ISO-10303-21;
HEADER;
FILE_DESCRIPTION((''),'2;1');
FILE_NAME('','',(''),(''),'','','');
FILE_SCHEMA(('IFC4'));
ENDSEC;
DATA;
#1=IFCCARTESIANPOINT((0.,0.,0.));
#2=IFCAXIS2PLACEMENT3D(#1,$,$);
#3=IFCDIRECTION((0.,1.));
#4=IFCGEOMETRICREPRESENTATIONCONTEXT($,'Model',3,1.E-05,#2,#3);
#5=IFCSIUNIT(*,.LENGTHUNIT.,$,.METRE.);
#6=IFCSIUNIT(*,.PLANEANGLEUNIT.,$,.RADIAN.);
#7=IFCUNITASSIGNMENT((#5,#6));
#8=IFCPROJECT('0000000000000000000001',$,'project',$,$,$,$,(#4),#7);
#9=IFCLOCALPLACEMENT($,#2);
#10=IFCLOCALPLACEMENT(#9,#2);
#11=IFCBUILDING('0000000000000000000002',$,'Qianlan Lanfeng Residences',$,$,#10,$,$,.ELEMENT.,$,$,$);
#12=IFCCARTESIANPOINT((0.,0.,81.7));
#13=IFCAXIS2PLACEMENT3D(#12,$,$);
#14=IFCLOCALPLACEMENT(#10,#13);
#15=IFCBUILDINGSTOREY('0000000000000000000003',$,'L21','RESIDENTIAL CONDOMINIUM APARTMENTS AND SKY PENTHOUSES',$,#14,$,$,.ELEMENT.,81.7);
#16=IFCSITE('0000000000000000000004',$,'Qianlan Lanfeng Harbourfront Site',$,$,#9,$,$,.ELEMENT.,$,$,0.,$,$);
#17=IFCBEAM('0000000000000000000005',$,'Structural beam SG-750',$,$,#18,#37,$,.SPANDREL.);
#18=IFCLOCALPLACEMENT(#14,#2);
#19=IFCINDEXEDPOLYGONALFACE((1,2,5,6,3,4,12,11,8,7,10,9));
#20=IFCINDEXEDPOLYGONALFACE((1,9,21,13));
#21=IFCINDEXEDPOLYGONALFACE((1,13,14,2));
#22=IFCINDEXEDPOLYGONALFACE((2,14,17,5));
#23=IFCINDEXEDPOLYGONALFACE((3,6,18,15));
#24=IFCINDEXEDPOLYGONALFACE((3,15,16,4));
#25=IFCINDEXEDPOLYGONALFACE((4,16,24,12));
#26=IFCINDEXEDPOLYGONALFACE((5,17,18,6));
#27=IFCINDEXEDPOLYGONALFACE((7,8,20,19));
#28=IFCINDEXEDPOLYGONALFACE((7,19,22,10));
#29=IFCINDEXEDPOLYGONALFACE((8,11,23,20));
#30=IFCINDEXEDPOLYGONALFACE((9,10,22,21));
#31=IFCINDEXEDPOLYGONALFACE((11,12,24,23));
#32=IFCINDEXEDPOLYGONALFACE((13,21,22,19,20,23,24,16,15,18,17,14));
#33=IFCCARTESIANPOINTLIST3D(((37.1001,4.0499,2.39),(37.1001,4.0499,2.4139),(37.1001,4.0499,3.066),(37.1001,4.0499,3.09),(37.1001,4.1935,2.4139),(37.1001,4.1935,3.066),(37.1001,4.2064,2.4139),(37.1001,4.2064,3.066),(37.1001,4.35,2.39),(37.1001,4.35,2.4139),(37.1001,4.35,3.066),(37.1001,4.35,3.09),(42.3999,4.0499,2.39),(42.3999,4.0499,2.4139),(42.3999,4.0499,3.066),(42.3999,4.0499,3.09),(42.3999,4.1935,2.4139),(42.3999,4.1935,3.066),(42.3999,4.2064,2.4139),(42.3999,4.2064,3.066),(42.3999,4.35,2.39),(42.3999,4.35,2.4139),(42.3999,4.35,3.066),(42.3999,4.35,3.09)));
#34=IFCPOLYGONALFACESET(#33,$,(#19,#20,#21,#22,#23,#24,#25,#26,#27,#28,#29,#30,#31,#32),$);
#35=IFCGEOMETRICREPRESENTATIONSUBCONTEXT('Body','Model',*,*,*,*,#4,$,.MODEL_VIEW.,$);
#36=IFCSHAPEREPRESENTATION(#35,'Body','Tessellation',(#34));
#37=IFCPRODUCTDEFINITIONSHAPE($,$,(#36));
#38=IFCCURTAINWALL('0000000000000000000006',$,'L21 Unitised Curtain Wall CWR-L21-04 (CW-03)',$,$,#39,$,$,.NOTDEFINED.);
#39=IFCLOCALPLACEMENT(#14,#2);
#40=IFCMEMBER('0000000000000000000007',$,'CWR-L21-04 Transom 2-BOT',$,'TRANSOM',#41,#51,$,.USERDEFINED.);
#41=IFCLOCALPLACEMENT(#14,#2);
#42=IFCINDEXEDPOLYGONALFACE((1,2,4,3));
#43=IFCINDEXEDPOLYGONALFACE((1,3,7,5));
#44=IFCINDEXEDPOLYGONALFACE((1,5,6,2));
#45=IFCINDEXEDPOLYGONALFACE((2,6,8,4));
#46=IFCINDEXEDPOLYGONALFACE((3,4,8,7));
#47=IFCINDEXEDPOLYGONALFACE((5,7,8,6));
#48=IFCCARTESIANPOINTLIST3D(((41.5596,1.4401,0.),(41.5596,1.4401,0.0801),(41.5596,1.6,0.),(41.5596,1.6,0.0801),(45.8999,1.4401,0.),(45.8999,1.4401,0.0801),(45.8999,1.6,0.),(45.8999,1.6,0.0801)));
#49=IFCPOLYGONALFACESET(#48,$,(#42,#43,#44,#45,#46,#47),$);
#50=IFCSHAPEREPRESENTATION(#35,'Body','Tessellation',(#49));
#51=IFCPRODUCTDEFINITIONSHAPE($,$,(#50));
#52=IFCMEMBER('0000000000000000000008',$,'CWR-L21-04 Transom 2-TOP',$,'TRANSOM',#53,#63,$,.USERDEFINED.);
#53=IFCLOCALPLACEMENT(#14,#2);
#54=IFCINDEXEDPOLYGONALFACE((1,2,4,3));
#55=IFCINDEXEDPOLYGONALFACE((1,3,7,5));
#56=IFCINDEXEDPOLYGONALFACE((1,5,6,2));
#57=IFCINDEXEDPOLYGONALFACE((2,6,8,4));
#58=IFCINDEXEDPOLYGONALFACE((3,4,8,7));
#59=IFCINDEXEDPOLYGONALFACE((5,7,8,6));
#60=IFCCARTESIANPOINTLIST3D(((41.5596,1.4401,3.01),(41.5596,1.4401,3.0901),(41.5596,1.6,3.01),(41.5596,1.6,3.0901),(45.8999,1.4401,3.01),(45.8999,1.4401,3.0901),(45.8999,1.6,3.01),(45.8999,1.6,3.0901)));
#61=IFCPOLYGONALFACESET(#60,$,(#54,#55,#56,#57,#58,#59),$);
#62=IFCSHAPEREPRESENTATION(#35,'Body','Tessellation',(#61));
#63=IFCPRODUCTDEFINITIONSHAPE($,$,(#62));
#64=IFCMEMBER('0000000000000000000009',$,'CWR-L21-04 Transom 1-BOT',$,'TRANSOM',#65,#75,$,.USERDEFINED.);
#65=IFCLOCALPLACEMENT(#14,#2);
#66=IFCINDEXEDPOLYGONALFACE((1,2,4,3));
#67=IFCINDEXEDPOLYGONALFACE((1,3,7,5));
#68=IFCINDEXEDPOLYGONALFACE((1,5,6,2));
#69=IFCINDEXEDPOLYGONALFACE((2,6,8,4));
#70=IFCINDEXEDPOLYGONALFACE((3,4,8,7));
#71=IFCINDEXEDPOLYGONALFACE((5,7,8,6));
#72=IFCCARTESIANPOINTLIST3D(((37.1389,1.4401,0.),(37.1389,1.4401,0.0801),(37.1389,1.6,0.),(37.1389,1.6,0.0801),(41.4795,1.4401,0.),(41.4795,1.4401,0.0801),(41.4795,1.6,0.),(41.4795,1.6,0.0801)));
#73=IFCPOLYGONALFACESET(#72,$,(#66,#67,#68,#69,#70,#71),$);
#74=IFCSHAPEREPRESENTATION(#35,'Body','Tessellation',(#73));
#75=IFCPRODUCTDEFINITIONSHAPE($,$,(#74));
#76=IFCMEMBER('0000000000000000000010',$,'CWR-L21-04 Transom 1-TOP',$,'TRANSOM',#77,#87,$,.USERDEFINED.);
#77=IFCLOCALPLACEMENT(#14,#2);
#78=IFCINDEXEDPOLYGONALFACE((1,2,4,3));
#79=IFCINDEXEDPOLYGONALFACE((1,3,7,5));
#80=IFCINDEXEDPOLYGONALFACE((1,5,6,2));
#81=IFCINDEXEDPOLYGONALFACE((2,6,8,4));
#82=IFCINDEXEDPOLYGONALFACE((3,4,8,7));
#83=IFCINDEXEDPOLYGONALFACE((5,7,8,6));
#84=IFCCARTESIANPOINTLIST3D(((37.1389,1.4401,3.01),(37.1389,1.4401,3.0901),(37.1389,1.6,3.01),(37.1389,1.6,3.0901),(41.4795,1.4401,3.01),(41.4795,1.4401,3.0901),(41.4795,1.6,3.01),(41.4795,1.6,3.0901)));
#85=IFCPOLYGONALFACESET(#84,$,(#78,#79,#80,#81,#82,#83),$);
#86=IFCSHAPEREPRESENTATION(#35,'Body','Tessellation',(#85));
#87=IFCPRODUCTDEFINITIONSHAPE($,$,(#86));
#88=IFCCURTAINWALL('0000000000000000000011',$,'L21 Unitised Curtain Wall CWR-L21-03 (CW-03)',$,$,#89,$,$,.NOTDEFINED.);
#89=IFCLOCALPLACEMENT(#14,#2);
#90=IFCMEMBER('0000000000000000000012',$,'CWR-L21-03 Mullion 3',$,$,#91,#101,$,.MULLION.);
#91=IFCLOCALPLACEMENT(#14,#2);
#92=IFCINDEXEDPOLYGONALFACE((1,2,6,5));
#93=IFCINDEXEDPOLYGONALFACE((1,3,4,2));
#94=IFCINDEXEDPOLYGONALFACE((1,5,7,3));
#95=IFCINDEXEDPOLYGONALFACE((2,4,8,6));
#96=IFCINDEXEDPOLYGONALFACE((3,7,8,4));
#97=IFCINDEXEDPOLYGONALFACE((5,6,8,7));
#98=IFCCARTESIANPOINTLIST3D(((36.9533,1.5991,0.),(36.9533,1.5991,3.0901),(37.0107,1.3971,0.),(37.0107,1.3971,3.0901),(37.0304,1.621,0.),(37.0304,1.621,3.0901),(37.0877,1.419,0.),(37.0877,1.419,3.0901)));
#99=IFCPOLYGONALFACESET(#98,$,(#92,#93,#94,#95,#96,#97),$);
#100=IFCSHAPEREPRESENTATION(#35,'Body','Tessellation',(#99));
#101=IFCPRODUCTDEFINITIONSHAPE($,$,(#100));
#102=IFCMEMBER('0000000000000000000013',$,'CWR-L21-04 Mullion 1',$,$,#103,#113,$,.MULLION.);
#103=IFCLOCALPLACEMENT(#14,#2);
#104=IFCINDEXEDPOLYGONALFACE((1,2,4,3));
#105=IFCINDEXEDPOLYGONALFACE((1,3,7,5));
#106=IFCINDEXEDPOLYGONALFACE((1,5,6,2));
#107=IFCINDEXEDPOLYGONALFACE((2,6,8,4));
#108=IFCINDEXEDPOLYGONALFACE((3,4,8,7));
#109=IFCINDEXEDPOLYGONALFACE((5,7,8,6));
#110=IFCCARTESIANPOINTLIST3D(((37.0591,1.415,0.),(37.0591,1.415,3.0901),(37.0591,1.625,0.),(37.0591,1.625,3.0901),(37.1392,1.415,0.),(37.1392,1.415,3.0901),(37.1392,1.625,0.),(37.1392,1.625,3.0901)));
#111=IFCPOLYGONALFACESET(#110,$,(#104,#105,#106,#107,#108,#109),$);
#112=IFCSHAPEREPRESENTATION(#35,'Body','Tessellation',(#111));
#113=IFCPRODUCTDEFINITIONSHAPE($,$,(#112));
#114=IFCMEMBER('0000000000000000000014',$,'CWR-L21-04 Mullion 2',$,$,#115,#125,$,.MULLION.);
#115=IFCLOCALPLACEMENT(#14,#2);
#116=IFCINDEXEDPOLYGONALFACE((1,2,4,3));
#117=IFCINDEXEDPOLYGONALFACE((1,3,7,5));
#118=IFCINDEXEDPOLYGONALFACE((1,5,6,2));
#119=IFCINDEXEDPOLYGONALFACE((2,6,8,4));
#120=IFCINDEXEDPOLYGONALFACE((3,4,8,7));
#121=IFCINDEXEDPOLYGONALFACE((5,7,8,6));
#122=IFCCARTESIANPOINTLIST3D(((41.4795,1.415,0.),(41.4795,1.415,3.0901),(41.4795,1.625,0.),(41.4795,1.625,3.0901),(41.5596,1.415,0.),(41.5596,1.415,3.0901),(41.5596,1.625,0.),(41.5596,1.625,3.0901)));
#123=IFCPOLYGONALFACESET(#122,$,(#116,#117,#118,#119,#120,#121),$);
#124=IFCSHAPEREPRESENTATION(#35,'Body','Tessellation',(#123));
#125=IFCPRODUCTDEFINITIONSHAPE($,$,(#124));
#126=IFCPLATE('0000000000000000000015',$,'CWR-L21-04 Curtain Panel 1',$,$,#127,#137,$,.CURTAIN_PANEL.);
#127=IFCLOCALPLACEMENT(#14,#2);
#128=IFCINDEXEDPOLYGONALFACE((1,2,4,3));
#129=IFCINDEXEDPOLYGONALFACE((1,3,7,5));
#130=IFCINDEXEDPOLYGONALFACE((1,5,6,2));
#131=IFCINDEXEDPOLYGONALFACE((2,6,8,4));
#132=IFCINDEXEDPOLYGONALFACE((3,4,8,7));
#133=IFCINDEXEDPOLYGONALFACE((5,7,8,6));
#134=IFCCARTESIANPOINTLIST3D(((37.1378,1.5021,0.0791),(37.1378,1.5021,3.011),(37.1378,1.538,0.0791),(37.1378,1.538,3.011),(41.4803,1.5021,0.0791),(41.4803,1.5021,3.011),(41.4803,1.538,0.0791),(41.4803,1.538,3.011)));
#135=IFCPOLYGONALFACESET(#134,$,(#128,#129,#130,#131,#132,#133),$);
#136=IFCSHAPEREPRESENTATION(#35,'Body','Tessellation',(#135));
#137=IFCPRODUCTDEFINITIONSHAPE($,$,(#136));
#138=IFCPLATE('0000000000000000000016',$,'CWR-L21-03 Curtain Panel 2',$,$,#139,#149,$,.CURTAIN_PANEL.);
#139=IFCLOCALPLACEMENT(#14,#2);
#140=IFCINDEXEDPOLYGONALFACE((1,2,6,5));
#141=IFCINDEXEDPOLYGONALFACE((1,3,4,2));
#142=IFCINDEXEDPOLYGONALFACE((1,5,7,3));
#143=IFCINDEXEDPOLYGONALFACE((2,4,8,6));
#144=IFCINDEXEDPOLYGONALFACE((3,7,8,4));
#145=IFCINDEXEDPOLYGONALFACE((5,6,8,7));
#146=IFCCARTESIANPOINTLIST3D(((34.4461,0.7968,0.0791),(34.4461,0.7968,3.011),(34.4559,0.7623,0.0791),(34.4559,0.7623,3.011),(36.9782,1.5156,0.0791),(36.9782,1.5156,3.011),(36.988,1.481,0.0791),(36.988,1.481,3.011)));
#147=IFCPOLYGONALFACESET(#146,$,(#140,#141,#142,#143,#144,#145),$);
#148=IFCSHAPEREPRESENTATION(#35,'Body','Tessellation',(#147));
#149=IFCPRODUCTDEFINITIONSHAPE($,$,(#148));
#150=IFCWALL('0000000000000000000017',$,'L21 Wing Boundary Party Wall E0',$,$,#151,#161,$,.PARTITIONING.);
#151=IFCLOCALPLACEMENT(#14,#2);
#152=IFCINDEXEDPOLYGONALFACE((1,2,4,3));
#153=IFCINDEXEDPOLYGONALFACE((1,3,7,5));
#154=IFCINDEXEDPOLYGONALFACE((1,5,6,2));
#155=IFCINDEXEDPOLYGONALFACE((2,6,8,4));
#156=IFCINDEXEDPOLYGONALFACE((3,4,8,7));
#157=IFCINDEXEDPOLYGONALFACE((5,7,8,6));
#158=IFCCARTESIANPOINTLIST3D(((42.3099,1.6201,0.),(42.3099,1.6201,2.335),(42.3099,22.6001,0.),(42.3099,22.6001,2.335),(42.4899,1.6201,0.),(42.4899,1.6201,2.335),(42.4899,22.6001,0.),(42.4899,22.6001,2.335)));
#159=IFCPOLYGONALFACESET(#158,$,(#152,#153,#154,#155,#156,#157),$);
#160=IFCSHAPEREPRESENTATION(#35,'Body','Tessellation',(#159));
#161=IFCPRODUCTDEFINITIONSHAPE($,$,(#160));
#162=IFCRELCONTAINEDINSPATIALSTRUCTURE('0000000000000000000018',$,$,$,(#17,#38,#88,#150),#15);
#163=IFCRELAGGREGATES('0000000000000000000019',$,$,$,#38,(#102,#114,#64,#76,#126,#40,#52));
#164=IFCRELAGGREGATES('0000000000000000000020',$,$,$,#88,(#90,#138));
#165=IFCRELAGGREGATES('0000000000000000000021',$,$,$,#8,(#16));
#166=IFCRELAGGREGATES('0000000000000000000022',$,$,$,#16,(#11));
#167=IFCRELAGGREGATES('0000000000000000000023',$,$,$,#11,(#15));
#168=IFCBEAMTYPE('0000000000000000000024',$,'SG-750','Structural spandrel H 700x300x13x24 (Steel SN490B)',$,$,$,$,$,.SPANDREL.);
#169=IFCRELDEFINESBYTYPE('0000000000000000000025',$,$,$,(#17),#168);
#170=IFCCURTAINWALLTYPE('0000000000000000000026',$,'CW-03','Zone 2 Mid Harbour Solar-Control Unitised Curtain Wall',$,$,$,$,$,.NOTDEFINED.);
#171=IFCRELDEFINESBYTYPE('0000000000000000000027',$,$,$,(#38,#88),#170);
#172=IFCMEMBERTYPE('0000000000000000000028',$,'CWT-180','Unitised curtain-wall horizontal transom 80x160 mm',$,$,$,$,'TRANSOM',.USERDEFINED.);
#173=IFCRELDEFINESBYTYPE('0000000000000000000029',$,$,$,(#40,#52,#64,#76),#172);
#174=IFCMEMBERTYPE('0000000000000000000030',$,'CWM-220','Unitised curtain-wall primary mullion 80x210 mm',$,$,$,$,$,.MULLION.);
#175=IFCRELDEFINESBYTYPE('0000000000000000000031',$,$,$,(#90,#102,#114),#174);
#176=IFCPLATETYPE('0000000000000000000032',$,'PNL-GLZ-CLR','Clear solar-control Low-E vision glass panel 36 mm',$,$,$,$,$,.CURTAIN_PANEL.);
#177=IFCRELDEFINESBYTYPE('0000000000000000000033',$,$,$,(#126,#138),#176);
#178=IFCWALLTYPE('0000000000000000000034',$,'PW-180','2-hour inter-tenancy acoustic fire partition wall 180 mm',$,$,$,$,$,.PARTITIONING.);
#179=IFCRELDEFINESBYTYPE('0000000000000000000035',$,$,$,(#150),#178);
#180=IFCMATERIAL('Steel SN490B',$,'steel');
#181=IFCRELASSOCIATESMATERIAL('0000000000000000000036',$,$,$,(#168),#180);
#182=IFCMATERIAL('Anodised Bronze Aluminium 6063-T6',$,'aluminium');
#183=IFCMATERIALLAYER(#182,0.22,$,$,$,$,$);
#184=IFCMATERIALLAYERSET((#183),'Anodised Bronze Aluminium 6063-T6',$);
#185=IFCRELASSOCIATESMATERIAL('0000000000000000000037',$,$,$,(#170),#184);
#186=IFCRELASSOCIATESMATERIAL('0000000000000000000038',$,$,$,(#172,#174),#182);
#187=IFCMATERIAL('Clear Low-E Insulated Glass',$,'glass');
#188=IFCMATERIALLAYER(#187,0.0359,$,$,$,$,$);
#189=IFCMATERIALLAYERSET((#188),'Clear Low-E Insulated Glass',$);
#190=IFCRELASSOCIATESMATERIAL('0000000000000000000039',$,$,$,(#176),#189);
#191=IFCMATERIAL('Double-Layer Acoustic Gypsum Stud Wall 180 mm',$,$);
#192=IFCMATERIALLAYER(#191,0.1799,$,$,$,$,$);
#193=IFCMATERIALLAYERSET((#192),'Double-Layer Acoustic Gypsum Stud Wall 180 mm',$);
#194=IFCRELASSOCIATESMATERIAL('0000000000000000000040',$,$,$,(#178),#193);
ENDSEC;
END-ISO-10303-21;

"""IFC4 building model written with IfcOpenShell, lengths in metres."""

from ifc_helpers import new_model, si_unit, direction, frame, frame_2d, origin, origin_2d, place, context, subcontext, project, spatial, rectangle, i_section, extrude, source, transform, mapped, material, layer, layer_set, material_profile, profile_set, type_object, element, aggregate, save


model = new_model("IFC4")

# Units and contexts
model_context = context("Model", 3, precision=1e-05, world=origin(), true_north=direction((0.0, 1.0)))
body_context = subcontext(model_context, "Body", "Model", "MODEL_VIEW")
ifc_project = project(units=[si_unit("LENGTHUNIT", "METRE"), si_unit("PLANEANGLEUNIT", "RADIAN")], contexts=[model_context])

# Site, building, storey
site_placement = place(None, origin())
site = spatial("IfcSite", under=ifc_project, at=site_placement, Name="Qianlan Lanfeng Harbourfront Site", CompositionType="ELEMENT", RefElevation=0.0)
building_placement = place(site_placement, origin())
building = spatial("IfcBuilding", under=site, at=building_placement, Name="Qianlan Lanfeng Residences", CompositionType="ELEMENT")
storey_placement = place(building_placement, frame((0.0, 0.0, 81.7)))
storey = spatial("IfcBuildingStorey", under=building, at=storey_placement, Name="L21", Description="RESIDENTIAL CONDOMINIUM APARTMENTS AND SKY PENTHOUSES", CompositionType="ELEMENT", Elevation=81.7)

# Shared definitions
ifc_material_1 = material(Name="Steel SN490B", Category="steel")

# Beam
ifc_material_profile_1 = material_profile(ifc_material_1, i_section(OverallWidth=0.3, OverallDepth=0.7, WebThickness=0.0129, FlangeThickness=0.0239, at=origin_2d()), Name="H 700x300x13x24")
ifc_profile_set_1 = profile_set([ifc_material_profile_1], Name="Steel SN490B")
beam_type_1 = type_object("IfcBeamType", Name="SG-750", Description="Structural spandrel H 700x300x13x24 (Steel SN490B)", PredefinedType="SPANDREL", material=ifc_profile_set_1)
beam_1_placement = place(storey_placement, frame((37.1001, 4.2, 2.74), z_axis=(1.0, 0.0, 0.0), x_axis=(0.0, 1.0, 0.0)))
element("IfcBeam", 1, at=beam_1_placement, inside=storey, type_object=beam_type_1, Name="Structural beam SG-750", PredefinedType="SPANDREL", context=body_context, shape_type="SweptSolid", body=[
    extrude(i_section(OverallWidth=0.3, OverallDepth=0.7, WebThickness=0.0129, FlangeThickness=0.0239, at=origin_2d()), origin(), (0.0, 0.0, 1.0), 5.2998),
])

# Curtain wall, members
ifc_material_2 = material(Name="Anodised Bronze Aluminium 6063-T6", Category="aluminium")
ifc_layer_1 = layer(ifc_material_2, 0.22)
ifc_layer_set_1 = layer_set([ifc_layer_1], Name="Anodised Bronze Aluminium 6063-T6")
curtain_wall_type = type_object("IfcCurtainWallType", Name="CW-03", Description="Zone 2 Mid Harbour Solar-Control Unitised Curtain Wall", PredefinedType="NOTDEFINED", material=ifc_layer_set_1)
curtain_wall_1_placement = place(storey_placement, origin())
curtain_wall_1 = element("IfcCurtainWall", 2, at=curtain_wall_1_placement, inside=storey, type_object=curtain_wall_type, Name="L21 Unitised Curtain Wall CWR-L21-04 (CW-03)", PredefinedType="NOTDEFINED")
ifc_material_profile_2 = material_profile(ifc_material_2, rectangle(XDim=0.0801, YDim=0.1599, at=origin_2d()), Name="ALU TRANSOM 80x160")
ifc_profile_set_2 = profile_set([ifc_material_profile_2], Name="Anodised Bronze Aluminium 6063-T6")
member_type_1 = type_object("IfcMemberType", Name="CWT-180", Description="Unitised curtain-wall horizontal transom 80x160 mm", ElementType="TRANSOM", PredefinedType="USERDEFINED", material=ifc_profile_set_2)
shared_shape_1 = source(origin(), body_context, "Body", "SweptSolid", [
    extrude(rectangle(XDim=0.0801, YDim=0.1599, at=origin_2d()), origin(), (0.0, 0.0, 1.0), 4.3403),
])
member_1_placement = place(storey_placement, frame((41.5596, 1.52, 0.04), z_axis=(1.0, 0.0, 0.0), x_axis=(0.0, 0.0, 1.0)))
member_1 = element("IfcMember", 3, at=member_1_placement, type_object=member_type_1, Name="CWR-L21-04 Transom 2-BOT", ObjectType="TRANSOM", PredefinedType="USERDEFINED", context=body_context, shape_type="MappedRepresentation", body=[
    mapped(shared_shape_1, transform((0.0, 0.0, 0.0), scale=1.0)),
])
member_2_placement = place(storey_placement, frame((41.5596, 1.52, 3.05), z_axis=(1.0, 0.0, 0.0), x_axis=(0.0, 0.0, 1.0)))
member_2 = element("IfcMember", 4, at=member_2_placement, type_object=member_type_1, Name="CWR-L21-04 Transom 2-TOP", ObjectType="TRANSOM", PredefinedType="USERDEFINED", context=body_context, shape_type="MappedRepresentation", body=[
    mapped(shared_shape_1, transform((0.0, 0.0, 0.0), scale=1.0)),
])
shared_shape_2 = source(origin(), body_context, "Body", "SweptSolid", [
    extrude(rectangle(XDim=0.0801, YDim=0.1599, at=origin_2d()), origin(), (0.0, 0.0, 1.0), 4.3406),
])
member_3_placement = place(storey_placement, frame((37.1389, 1.52, 0.04), z_axis=(1.0, 0.0, 0.0), x_axis=(0.0, 0.0, 1.0)))
member_3 = element("IfcMember", 5, at=member_3_placement, type_object=member_type_1, Name="CWR-L21-04 Transom 1-BOT", ObjectType="TRANSOM", PredefinedType="USERDEFINED", context=body_context, shape_type="MappedRepresentation", body=[
    mapped(shared_shape_2, transform((0.0, 0.0, 0.0), scale=1.0)),
])
member_4_placement = place(storey_placement, frame((37.1389, 1.52, 3.05), z_axis=(1.0, 0.0, 0.0), x_axis=(0.0, 0.0, 1.0)))
member_4 = element("IfcMember", 6, at=member_4_placement, type_object=member_type_1, Name="CWR-L21-04 Transom 1-TOP", ObjectType="TRANSOM", PredefinedType="USERDEFINED", context=body_context, shape_type="MappedRepresentation", body=[
    mapped(shared_shape_2, transform((0.0, 0.0, 0.0), scale=1.0)),
])

# Curtain wall, member
curtain_wall_2_placement = place(storey_placement, origin())
curtain_wall_2 = element("IfcCurtainWall", 7, at=curtain_wall_2_placement, inside=storey, type_object=curtain_wall_type, Name="L21 Unitised Curtain Wall CWR-L21-03 (CW-03)", PredefinedType="NOTDEFINED")
ifc_material_profile_3 = material_profile(ifc_material_2, rectangle(XDim=0.0801, YDim=0.21, at=origin_2d()), Name="ALU MULLION 80x210")
ifc_profile_set_3 = profile_set([ifc_material_profile_3], Name="Anodised Bronze Aluminium 6063-T6")
member_type_2 = type_object("IfcMemberType", Name="CWM-220", Description="Unitised curtain-wall primary mullion 80x210 mm", PredefinedType="MULLION", material=ifc_profile_set_3)
shared_shape_3 = source(origin(), body_context, "Body", "SweptSolid", [
    extrude(rectangle(XDim=0.0801, YDim=0.21, at=origin_2d()), origin(), (0.0, 0.0, 1.0), 3.0901),
])
member_5_placement = place(storey_placement, frame((37.0205, 1.509, 0.0), z_axis=(0.0, 0.0, 1.0), x_axis=(0.961989, 0.273088, 0.0)))
member_5 = element("IfcMember", 8, at=member_5_placement, type_object=member_type_2, Name="CWR-L21-03 Mullion 3", PredefinedType="MULLION", context=body_context, shape_type="MappedRepresentation", body=[
    mapped(shared_shape_3, transform((0.0, 0.0, 0.0), scale=1.0)),
])

# Members
member_6_placement = place(storey_placement, frame((37.0991, 1.52, 0.0), z_axis=(0.0, 0.0, 1.0), x_axis=(1.0, 0.0, 0.0)))
member_6 = element("IfcMember", 9, at=member_6_placement, type_object=member_type_2, Name="CWR-L21-04 Mullion 1", PredefinedType="MULLION", context=body_context, shape_type="MappedRepresentation", body=[
    mapped(shared_shape_3, transform((0.0, 0.0, 0.0), scale=1.0)),
])
member_7_placement = place(storey_placement, frame((41.5195, 1.52, 0.0), z_axis=(0.0, 0.0, 1.0), x_axis=(1.0, 0.0, 0.0)))
member_7 = element("IfcMember", 10, at=member_7_placement, type_object=member_type_2, Name="CWR-L21-04 Mullion 2", PredefinedType="MULLION", context=body_context, shape_type="MappedRepresentation", body=[
    mapped(shared_shape_3, transform((0.0, 0.0, 0.0), scale=1.0)),
])

# Plates
ifc_material_3 = material(Name="Clear Low-E Insulated Glass", Category="glass")
ifc_layer_2 = layer(ifc_material_3, 0.0359)
ifc_layer_set_2 = layer_set([ifc_layer_2], Name="Clear Low-E Insulated Glass")
plate_type = type_object("IfcPlateType", Name="PNL-GLZ-CLR", Description="Clear solar-control Low-E vision glass panel 36 mm", PredefinedType="CURTAIN_PANEL", material=ifc_layer_set_2)
shared_shape_4 = source(origin(), body_context, "Body", "SweptSolid", [
    extrude(rectangle(XDim=4.3425, YDim=0.0359, at=origin_2d()), origin(), (0.0, 0.0, 1.0), 2.9319),
])
plate_1_placement = place(storey_placement, frame((39.3091, 1.52, 0.0791), z_axis=(0.0, 0.0, 1.0), x_axis=(1.0, 0.0, 0.0)))
plate_1 = element("IfcPlate", 11, at=plate_1_placement, type_object=plate_type, Name="CWR-L21-04 Curtain Panel 1", PredefinedType="CURTAIN_PANEL", context=body_context, shape_type="MappedRepresentation", body=[
    mapped(shared_shape_4, transform((0.0, 0.0, 0.0), scale=1.0)),
])
aggregate(curtain_wall_1, [member_6, member_7, member_3, member_4, plate_1, member_1, member_2])
shared_shape_5 = source(origin(), body_context, "Body", "SweptSolid", [
    extrude(rectangle(XDim=2.6321, YDim=0.0359, at=origin_2d()), origin(), (0.0, 0.0, 1.0), 2.9319),
])
plate_2_placement = place(storey_placement, frame((35.717, 1.1389, 0.0791), z_axis=(0.0, 0.0, 1.0), x_axis=(0.961989, 0.273088, 0.0)))
plate_2 = element("IfcPlate", 12, at=plate_2_placement, type_object=plate_type, Name="CWR-L21-03 Curtain Panel 2", PredefinedType="CURTAIN_PANEL", context=body_context, shape_type="MappedRepresentation", body=[
    mapped(shared_shape_5, transform((0.0, 0.0, 0.0), scale=1.0)),
])
aggregate(curtain_wall_2, [member_5, plate_2])

# Wall
ifc_material_4 = material(Name="Double-Layer Acoustic Gypsum Stud Wall 180 mm")
ifc_layer_3 = layer(ifc_material_4, 0.1799)
ifc_layer_set_3 = layer_set([ifc_layer_3], Name="Double-Layer Acoustic Gypsum Stud Wall 180 mm")
wall_type_1 = type_object("IfcWallType", Name="PW-180", Description="2-hour inter-tenancy acoustic fire partition wall 180 mm", PredefinedType="PARTITIONING", material=ifc_layer_set_3)
wall_1_placement = place(storey_placement, frame((42.3999, 1.6201, 0.0), z_axis=(0.0, 0.0, 1.0), x_axis=(0.0, 1.0, 0.0)))
element("IfcWall", 13, at=wall_1_placement, inside=storey, type_object=wall_type_1, Name="L21 Wing Boundary Party Wall E0", PredefinedType="PARTITIONING", context=body_context, shape_type="SweptSolid", body=[
    extrude(rectangle(XDim=20.98, YDim=0.1799, at=frame_2d((10.49, 0.0))), origin(), (0.0, 0.0, 1.0), 2.335),
])

save(model, "model.ifc")
